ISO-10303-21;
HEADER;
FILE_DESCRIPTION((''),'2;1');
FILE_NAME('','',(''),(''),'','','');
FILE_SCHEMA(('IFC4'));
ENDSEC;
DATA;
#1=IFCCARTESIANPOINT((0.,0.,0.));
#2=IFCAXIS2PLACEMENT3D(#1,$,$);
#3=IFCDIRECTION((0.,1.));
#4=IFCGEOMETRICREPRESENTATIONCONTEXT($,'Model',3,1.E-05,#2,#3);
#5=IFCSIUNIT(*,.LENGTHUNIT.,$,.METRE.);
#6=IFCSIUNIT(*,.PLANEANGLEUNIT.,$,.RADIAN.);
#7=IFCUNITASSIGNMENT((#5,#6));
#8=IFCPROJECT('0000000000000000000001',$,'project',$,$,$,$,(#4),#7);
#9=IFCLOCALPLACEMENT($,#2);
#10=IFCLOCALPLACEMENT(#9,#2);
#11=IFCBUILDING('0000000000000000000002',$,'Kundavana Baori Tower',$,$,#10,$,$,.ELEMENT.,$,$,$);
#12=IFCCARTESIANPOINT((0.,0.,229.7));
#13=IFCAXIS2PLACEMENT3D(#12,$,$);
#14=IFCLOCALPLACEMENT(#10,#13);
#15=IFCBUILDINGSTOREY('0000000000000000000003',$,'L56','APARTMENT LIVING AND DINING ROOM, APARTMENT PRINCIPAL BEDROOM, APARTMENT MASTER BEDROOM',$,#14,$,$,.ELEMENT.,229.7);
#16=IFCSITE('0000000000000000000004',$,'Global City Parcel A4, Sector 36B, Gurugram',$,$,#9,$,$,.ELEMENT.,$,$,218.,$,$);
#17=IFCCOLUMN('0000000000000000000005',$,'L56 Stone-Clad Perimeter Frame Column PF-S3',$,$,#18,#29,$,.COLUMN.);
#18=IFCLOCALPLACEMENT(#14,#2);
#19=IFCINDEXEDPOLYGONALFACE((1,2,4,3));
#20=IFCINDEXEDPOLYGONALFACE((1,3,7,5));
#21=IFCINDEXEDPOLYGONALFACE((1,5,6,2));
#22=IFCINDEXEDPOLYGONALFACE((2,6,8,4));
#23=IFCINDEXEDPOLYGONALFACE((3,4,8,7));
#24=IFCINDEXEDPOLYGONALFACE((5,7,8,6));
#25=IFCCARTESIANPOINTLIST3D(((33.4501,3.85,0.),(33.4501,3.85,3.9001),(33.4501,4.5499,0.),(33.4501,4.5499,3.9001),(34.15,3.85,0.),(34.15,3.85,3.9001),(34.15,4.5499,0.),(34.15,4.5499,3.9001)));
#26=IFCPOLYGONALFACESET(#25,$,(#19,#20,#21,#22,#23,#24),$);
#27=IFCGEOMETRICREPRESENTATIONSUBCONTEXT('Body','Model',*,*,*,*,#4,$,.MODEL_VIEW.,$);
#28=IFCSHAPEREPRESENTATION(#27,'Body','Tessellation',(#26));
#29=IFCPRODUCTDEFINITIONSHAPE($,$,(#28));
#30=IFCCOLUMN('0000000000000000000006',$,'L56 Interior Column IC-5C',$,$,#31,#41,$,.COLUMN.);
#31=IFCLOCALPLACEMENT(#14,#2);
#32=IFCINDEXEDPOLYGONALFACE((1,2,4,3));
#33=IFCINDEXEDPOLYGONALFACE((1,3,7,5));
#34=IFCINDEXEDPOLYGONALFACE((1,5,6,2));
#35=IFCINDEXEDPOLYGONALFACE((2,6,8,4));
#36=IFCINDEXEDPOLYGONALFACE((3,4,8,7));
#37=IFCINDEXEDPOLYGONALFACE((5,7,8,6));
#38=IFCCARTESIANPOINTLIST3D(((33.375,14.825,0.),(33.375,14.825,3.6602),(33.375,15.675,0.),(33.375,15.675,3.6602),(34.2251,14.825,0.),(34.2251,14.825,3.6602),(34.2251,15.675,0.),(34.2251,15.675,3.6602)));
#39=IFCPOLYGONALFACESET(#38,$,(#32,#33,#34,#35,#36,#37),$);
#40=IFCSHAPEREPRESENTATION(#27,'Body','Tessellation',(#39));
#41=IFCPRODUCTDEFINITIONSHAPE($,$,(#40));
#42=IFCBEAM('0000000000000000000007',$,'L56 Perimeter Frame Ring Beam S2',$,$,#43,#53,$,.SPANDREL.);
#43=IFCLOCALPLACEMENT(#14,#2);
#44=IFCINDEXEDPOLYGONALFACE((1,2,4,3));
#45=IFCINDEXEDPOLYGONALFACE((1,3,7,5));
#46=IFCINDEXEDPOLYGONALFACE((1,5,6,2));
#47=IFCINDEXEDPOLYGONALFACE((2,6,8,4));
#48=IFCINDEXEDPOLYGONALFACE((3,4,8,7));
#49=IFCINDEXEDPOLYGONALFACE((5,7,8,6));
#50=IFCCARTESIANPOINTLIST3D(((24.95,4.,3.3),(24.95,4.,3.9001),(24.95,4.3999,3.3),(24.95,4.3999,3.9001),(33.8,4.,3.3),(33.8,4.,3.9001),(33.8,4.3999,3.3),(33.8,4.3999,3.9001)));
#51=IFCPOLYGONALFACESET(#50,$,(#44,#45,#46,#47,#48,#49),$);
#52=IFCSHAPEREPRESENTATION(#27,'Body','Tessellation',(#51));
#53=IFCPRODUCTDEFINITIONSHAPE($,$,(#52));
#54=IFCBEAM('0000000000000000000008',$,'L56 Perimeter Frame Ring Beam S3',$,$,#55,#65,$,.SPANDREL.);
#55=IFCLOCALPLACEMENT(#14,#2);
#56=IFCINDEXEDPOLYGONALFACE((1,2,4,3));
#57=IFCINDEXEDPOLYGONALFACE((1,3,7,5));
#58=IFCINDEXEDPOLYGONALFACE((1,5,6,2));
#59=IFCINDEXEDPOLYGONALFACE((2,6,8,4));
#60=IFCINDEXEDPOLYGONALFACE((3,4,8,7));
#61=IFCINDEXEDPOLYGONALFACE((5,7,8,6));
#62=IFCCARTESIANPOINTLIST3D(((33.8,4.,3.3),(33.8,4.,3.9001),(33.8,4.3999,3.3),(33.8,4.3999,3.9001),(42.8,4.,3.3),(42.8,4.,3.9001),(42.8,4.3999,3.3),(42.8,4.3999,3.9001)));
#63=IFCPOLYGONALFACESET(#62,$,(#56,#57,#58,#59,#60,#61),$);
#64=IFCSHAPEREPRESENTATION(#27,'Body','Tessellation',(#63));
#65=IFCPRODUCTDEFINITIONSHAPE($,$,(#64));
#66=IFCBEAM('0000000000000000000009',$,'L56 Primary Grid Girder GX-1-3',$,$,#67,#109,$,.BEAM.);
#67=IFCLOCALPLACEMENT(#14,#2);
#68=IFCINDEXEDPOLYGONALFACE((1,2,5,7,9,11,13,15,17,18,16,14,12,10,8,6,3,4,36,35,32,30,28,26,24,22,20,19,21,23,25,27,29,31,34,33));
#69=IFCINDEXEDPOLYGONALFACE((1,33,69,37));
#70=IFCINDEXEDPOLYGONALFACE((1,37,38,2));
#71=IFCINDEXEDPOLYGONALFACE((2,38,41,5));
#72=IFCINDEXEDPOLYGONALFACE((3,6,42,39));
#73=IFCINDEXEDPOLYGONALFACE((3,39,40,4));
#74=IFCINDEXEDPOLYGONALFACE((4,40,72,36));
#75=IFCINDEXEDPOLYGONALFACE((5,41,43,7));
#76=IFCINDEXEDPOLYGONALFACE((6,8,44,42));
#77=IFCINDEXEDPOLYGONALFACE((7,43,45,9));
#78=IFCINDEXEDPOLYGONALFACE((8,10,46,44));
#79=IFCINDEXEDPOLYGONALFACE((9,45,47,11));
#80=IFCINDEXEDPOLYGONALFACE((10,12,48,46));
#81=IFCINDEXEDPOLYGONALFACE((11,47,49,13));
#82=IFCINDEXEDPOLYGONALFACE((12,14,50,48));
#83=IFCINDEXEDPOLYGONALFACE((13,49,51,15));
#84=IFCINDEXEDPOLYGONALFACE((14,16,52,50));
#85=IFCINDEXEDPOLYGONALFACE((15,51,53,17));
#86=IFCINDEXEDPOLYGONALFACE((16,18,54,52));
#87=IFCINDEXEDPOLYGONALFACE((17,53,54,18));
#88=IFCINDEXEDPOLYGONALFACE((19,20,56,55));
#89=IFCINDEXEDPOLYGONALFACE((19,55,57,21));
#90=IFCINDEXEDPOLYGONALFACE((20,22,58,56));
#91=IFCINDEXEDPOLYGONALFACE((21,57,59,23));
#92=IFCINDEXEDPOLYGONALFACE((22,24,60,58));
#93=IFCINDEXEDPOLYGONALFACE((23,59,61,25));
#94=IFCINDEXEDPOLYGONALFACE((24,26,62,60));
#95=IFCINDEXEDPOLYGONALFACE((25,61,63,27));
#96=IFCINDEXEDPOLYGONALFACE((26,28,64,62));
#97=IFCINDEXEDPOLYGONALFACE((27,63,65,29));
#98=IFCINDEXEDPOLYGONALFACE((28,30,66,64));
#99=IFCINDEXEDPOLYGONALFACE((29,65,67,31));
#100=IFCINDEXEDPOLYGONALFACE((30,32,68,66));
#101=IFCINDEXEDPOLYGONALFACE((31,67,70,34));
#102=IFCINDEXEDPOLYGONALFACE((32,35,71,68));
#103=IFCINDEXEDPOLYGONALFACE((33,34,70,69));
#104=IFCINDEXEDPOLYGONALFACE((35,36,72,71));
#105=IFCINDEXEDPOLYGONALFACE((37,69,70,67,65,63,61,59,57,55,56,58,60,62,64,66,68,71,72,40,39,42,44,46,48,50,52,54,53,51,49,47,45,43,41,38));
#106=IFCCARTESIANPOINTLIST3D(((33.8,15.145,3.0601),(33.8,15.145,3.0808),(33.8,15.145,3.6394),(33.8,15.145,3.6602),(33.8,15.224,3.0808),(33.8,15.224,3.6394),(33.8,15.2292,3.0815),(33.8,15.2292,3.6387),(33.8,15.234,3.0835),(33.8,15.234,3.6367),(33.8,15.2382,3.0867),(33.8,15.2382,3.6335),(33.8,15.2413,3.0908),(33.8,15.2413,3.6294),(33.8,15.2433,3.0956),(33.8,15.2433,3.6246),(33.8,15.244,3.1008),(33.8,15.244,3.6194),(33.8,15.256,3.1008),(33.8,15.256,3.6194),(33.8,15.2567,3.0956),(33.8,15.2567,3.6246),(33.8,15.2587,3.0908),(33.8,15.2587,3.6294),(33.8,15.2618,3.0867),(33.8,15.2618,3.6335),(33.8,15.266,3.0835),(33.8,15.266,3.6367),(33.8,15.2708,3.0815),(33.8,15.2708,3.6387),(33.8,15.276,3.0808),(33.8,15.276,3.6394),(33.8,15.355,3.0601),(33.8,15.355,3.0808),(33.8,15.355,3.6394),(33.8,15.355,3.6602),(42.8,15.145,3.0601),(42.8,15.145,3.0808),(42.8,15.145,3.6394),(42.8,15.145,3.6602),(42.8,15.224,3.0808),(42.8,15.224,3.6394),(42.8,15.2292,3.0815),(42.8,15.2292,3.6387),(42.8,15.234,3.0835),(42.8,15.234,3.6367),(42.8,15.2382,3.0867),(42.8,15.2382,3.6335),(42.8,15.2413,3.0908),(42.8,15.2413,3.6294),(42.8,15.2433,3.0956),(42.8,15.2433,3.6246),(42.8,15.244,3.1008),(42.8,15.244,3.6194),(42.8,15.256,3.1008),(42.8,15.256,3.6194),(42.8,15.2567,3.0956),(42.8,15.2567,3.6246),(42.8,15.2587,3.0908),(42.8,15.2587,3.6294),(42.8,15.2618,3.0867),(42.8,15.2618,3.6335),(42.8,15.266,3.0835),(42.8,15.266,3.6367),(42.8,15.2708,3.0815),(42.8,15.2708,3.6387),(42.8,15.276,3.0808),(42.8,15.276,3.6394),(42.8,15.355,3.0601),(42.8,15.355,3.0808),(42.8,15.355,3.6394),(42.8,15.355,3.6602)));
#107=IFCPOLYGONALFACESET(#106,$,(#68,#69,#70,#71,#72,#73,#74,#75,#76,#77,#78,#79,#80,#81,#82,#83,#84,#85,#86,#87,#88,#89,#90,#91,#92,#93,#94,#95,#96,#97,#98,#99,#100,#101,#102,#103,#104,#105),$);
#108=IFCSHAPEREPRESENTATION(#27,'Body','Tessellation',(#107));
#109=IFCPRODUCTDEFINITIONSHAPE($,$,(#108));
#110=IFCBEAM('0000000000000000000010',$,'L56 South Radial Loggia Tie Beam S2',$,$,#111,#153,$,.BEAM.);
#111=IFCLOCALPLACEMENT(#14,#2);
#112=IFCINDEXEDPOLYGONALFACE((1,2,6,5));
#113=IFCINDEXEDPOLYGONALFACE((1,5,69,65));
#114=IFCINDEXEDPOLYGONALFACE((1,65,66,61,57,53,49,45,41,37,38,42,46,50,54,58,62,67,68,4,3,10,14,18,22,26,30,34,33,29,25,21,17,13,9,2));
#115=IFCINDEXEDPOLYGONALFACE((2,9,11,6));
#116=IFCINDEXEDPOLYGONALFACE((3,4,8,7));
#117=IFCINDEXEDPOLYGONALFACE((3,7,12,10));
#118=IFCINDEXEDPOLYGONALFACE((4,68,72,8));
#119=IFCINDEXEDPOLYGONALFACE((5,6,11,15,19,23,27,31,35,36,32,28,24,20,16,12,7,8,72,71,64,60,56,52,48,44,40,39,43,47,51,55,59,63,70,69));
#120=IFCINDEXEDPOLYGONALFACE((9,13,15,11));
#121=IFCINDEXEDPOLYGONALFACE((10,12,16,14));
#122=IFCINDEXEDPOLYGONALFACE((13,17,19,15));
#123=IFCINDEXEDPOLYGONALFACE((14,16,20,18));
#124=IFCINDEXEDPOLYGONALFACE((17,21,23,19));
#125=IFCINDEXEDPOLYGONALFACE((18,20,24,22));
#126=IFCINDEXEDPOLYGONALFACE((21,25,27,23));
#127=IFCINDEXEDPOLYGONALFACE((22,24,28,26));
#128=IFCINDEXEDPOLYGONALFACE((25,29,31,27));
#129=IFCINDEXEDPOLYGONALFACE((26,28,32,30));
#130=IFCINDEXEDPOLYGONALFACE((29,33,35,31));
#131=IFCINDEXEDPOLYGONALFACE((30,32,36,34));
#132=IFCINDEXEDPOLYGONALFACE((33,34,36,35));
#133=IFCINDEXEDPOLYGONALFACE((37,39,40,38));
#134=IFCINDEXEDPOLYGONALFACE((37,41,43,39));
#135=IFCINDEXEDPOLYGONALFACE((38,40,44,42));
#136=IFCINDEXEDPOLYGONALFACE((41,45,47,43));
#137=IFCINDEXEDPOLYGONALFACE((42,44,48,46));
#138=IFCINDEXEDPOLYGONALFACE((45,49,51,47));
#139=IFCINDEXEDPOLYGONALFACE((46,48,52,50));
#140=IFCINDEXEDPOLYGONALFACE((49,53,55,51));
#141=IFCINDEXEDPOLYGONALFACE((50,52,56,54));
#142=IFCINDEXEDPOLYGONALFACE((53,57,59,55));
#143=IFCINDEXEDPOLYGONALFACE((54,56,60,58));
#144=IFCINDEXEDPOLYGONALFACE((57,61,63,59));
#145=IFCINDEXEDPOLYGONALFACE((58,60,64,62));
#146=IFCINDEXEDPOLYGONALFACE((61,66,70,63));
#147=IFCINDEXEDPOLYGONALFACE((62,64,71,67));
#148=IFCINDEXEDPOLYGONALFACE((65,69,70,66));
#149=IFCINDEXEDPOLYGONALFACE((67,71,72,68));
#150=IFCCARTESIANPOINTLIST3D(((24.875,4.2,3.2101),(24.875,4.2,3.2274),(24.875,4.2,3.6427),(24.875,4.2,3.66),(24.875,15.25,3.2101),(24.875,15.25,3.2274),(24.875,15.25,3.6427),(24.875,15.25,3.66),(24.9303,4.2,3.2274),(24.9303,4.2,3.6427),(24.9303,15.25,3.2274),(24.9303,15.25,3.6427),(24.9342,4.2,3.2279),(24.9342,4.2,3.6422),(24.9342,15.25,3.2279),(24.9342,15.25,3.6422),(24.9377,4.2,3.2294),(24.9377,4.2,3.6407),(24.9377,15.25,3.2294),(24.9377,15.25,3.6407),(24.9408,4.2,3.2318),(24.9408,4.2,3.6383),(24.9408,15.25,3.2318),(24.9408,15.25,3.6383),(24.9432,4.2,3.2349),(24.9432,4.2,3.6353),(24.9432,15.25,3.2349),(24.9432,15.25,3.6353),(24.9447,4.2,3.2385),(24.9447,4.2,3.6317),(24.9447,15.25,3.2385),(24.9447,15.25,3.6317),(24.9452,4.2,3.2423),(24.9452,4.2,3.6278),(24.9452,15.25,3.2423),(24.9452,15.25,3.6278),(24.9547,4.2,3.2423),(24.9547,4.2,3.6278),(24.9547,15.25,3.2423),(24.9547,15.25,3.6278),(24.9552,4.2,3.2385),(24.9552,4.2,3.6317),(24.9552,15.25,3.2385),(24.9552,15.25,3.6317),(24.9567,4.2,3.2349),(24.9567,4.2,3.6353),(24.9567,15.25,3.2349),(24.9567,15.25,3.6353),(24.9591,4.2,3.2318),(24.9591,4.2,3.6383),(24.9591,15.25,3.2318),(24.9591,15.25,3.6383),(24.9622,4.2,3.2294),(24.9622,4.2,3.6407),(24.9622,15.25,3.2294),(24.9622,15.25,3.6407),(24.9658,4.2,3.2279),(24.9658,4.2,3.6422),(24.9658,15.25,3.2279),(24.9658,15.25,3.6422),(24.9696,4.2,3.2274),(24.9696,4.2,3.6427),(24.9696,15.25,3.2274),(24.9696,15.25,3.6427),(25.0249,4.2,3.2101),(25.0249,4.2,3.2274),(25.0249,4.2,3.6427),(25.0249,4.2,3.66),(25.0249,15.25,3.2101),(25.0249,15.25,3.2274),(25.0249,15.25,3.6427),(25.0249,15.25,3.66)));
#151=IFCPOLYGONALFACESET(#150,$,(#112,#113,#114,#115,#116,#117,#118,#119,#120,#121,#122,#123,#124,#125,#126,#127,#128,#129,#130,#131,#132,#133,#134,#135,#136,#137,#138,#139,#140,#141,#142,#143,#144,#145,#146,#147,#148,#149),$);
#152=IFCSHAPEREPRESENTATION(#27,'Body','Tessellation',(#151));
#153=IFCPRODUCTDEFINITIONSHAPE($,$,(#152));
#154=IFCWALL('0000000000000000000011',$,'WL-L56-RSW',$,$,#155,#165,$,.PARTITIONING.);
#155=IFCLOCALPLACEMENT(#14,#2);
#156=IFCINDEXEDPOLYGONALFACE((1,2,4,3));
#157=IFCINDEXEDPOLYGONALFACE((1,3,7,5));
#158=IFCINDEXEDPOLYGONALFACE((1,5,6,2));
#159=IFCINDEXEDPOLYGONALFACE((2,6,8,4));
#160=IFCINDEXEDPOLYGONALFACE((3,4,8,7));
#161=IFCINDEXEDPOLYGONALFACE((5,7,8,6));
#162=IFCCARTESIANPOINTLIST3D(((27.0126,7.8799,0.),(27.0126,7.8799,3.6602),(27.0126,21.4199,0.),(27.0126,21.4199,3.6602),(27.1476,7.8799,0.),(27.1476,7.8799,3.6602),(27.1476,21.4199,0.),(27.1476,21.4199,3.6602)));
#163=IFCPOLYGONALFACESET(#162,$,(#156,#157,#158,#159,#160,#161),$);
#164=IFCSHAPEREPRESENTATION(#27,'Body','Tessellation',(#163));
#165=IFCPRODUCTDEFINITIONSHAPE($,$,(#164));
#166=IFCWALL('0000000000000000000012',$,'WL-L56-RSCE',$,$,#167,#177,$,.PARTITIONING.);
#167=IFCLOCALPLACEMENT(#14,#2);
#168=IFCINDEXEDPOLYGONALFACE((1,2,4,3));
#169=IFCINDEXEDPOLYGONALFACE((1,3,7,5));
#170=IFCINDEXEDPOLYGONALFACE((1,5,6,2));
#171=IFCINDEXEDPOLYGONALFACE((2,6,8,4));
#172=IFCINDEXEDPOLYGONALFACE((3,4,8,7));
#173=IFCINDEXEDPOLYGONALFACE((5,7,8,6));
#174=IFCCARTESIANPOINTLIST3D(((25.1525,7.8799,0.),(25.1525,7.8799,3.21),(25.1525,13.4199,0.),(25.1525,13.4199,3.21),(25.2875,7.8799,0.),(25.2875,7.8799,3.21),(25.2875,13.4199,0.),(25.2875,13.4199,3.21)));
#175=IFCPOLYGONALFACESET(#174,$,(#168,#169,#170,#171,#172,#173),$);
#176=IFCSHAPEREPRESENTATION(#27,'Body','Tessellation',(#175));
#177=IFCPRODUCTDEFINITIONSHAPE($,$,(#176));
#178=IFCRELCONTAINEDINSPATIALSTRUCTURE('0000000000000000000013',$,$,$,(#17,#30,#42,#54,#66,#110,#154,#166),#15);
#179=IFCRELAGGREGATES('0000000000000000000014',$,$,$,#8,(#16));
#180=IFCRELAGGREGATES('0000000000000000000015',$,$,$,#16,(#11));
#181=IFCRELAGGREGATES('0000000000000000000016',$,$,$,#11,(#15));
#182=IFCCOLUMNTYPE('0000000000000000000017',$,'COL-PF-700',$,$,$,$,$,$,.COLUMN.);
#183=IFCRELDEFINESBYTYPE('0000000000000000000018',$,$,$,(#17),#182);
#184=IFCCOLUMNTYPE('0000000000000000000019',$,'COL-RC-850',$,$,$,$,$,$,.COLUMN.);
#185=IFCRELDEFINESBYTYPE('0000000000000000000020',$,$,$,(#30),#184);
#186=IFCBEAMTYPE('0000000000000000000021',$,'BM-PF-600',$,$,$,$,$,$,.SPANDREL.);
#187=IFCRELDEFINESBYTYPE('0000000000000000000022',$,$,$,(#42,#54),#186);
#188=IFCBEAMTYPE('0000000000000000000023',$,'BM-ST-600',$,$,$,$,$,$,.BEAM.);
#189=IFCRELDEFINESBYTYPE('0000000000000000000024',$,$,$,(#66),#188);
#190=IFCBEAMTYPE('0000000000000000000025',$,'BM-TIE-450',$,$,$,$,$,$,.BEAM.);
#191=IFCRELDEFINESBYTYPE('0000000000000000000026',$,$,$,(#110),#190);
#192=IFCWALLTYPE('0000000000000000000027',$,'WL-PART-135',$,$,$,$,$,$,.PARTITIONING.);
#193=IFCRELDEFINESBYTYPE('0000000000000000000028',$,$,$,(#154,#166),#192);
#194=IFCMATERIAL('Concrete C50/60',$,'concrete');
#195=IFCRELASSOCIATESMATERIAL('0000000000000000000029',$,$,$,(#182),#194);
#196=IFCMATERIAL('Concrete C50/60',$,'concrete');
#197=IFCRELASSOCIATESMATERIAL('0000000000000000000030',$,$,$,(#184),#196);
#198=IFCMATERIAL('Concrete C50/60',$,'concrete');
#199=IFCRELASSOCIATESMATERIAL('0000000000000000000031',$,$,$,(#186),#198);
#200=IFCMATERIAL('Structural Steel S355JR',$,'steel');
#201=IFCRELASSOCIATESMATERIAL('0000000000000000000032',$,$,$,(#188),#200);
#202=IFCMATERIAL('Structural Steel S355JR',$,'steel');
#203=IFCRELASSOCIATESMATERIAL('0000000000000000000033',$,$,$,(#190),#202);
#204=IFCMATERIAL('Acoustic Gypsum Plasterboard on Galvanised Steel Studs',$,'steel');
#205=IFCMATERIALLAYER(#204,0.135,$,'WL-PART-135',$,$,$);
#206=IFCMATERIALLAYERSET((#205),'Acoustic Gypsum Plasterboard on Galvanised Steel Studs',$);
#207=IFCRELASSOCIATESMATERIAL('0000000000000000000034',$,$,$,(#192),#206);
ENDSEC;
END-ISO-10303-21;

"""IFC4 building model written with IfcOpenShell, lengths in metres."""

from ifc_helpers import new_model, si_unit, direction, frame, frame_2d, origin, origin_2d, place, context, subcontext, project, spatial, rectangle, i_section, extrude, material, layer, layer_set, material_profile, profile_set, type_object, element, save


model = new_model("IFC4")

# Units and contexts
model_context = context("Model", 3, precision=1e-05, world=origin(), true_north=direction((0.0, 1.0)))
body_context = subcontext(model_context, "Body", "Model", "MODEL_VIEW")
ifc_project = project(units=[si_unit("LENGTHUNIT", "METRE"), si_unit("PLANEANGLEUNIT", "RADIAN")], contexts=[model_context])

# Site, building, storey
site_placement = place(None, origin())
site = spatial("IfcSite", under=ifc_project, at=site_placement, Name="Global City Parcel A4, Sector 36B, Gurugram", CompositionType="ELEMENT", RefElevation=218.0)
building_placement = place(site_placement, origin())
building = spatial("IfcBuilding", under=site, at=building_placement, Name="Kundavana Baori Tower", CompositionType="ELEMENT")
storey_placement = place(building_placement, frame((0.0, 0.0, 229.7)))
storey = spatial("IfcBuildingStorey", under=building, at=storey_placement, Name="L56", Description="APARTMENT LIVING AND DINING ROOM, APARTMENT PRINCIPAL BEDROOM, APARTMENT MASTER BEDROOM", CompositionType="ELEMENT", Elevation=229.7)

# Columns
ifc_material_1 = material(Name="Concrete C50/60", Category="concrete")
ifc_material_profile_1 = material_profile(ifc_material_1, rectangle(XDim=0.7, YDim=0.7, at=origin_2d()), Name="RC PF 700x700")
ifc_profile_set_1 = profile_set([ifc_material_profile_1], Name="Concrete C50/60")
column_type_1 = type_object("IfcColumnType", Name="COL-PF-700", PredefinedType="COLUMN", material=ifc_profile_set_1)
column_1_placement = place(storey_placement, frame((33.8, 4.2, 0.0), z_axis=(0.0, 0.0, 1.0), x_axis=(1.0, 0.0, 0.0)))
element("IfcColumn", 1, at=column_1_placement, inside=storey, type_object=column_type_1, Name="L56 Stone-Clad Perimeter Frame Column PF-S3", PredefinedType="COLUMN", context=body_context, shape_type="SweptSolid", body=[
    extrude(rectangle(XDim=0.7, YDim=0.7, at=origin_2d()), origin(), (0.0, 0.0, 1.0), 3.9001),
])
ifc_material_2 = material(Name="Concrete C50/60", Category="concrete")
ifc_material_profile_2 = material_profile(ifc_material_2, rectangle(XDim=0.8501, YDim=0.8501, at=origin_2d()), Name="RC 850x850")
ifc_profile_set_2 = profile_set([ifc_material_profile_2], Name="Concrete C50/60")
column_type_2 = type_object("IfcColumnType", Name="COL-RC-850", PredefinedType="COLUMN", material=ifc_profile_set_2)
column_2_placement = place(storey_placement, frame((33.8, 15.25, 0.0), z_axis=(0.0, 0.0, 1.0), x_axis=(1.0, 0.0, 0.0)))
element("IfcColumn", 2, at=column_2_placement, inside=storey, type_object=column_type_2, Name="L56 Interior Column IC-5C", PredefinedType="COLUMN", context=body_context, shape_type="SweptSolid", body=[
    extrude(rectangle(XDim=0.8501, YDim=0.8501, at=origin_2d()), origin(), (0.0, 0.0, 1.0), 3.6602),
])

# Beams
ifc_material_3 = material(Name="Concrete C50/60", Category="concrete")
ifc_material_profile_3 = material_profile(ifc_material_3, rectangle(XDim=0.3999, YDim=0.6001, at=origin_2d()), Name="RC BM 400x600")
ifc_profile_set_3 = profile_set([ifc_material_profile_3], Name="Concrete C50/60")
beam_type_1 = type_object("IfcBeamType", Name="BM-PF-600", PredefinedType="SPANDREL", material=ifc_profile_set_3)
beam_1_placement = place(storey_placement, frame((24.95, 4.2, 3.6001), z_axis=(1.0, 0.0, 0.0), x_axis=(0.0, 1.0, 0.0)))
element("IfcBeam", 3, at=beam_1_placement, inside=storey, type_object=beam_type_1, Name="L56 Perimeter Frame Ring Beam S2", PredefinedType="SPANDREL", context=body_context, shape_type="SweptSolid", body=[
    extrude(rectangle(XDim=0.3999, YDim=0.6001, at=origin_2d()), origin(), (0.0, 0.0, 1.0), 8.8501),
])
beam_2_placement = place(storey_placement, frame((33.8, 4.2, 3.6001), z_axis=(1.0, 0.0, 0.0), x_axis=(0.0, 1.0, 0.0)))
element("IfcBeam", 4, at=beam_2_placement, inside=storey, type_object=beam_type_1, Name="L56 Perimeter Frame Ring Beam S3", PredefinedType="SPANDREL", context=body_context, shape_type="SweptSolid", body=[
    extrude(rectangle(XDim=0.3999, YDim=0.6001, at=origin_2d()), origin(), (0.0, 0.0, 1.0), 9.0),
])
ifc_material_4 = material(Name="Structural Steel S355JR", Category="steel")
ifc_material_profile_4 = material_profile(ifc_material_4, i_section(OverallWidth=0.21, OverallDepth=0.6001, WebThickness=0.012, FlangeThickness=0.0208, FilletRadius=0.02, at=origin_2d()), Name="ISMB 600")
ifc_profile_set_4 = profile_set([ifc_material_profile_4], Name="Structural Steel S355JR")
beam_type_2 = type_object("IfcBeamType", Name="BM-ST-600", PredefinedType="BEAM", material=ifc_profile_set_4)
beam_3_placement = place(storey_placement, frame((33.8, 15.25, 3.3601), z_axis=(1.0, 0.0, 0.0), x_axis=(0.0, 1.0, 0.0)))
element("IfcBeam", 5, at=beam_3_placement, inside=storey, type_object=beam_type_2, Name="L56 Primary Grid Girder GX-1-3", PredefinedType="BEAM", context=body_context, shape_type="SweptSolid", body=[
    extrude(i_section(OverallWidth=0.21, OverallDepth=0.6001, WebThickness=0.012, FlangeThickness=0.0208, FilletRadius=0.02, at=origin_2d()), origin(), (0.0, 0.0, 1.0), 9.0),
])
ifc_material_5 = material(Name="Structural Steel S355JR", Category="steel")
ifc_material_profile_5 = material_profile(ifc_material_5, i_section(OverallWidth=0.1499, OverallDepth=0.45, WebThickness=0.0095, FlangeThickness=0.0173, FilletRadius=0.0149, at=origin_2d()), Name="ISMB 450")
ifc_profile_set_5 = profile_set([ifc_material_profile_5], Name="Structural Steel S355JR")
beam_type_3 = type_object("IfcBeamType", Name="BM-TIE-450", PredefinedType="BEAM", material=ifc_profile_set_5)
beam_4_placement = place(storey_placement, frame((24.95, 15.25, 3.4351), z_axis=(0.0, -1.0, 0.0), x_axis=(1.0, 0.0, 0.0)))
element("IfcBeam", 6, at=beam_4_placement, inside=storey, type_object=beam_type_3, Name="L56 South Radial Loggia Tie Beam S2", PredefinedType="BEAM", context=body_context, shape_type="SweptSolid", body=[
    extrude(i_section(OverallWidth=0.1499, OverallDepth=0.45, WebThickness=0.0095, FlangeThickness=0.0173, FilletRadius=0.0149, at=origin_2d()), origin(), (0.0, 0.0, 1.0), 11.05),
])

# Walls
ifc_material_6 = material(Name="Acoustic Gypsum Plasterboard on Galvanised Steel Studs", Category="steel")
ifc_layer = layer(ifc_material_6, 0.135, Name="WL-PART-135")
ifc_layer_set = layer_set([ifc_layer], Name="Acoustic Gypsum Plasterboard on Galvanised Steel Studs")
wall_type = type_object("IfcWallType", Name="WL-PART-135", PredefinedType="PARTITIONING", material=ifc_layer_set)
wall_1_placement = place(storey_placement, frame((27.0801, 7.8799, 0.0), z_axis=(0.0, 0.0, 1.0), x_axis=(0.0, 1.0, 0.0)))
element("IfcWall", 7, at=wall_1_placement, inside=storey, type_object=wall_type, Name="WL-L56-RSW", PredefinedType="PARTITIONING", context=body_context, shape_type="SweptSolid", body=[
    extrude(rectangle(XDim=13.54, YDim=0.135, at=frame_2d((6.77, 0.0))), origin(), (0.0, 0.0, 1.0), 3.6602),
])
wall_2_placement = place(storey_placement, frame((25.22, 7.8799, 0.0), z_axis=(0.0, 0.0, 1.0), x_axis=(0.0, 1.0, 0.0)))
element("IfcWall", 8, at=wall_2_placement, inside=storey, type_object=wall_type, Name="WL-L56-RSCE", PredefinedType="PARTITIONING", context=body_context, shape_type="SweptSolid", body=[
    extrude(rectangle(XDim=5.54, YDim=0.135, at=frame_2d((2.77, 0.0))), origin(), (0.0, 0.0, 1.0), 3.21),
])

save(model, "model.ifc")
